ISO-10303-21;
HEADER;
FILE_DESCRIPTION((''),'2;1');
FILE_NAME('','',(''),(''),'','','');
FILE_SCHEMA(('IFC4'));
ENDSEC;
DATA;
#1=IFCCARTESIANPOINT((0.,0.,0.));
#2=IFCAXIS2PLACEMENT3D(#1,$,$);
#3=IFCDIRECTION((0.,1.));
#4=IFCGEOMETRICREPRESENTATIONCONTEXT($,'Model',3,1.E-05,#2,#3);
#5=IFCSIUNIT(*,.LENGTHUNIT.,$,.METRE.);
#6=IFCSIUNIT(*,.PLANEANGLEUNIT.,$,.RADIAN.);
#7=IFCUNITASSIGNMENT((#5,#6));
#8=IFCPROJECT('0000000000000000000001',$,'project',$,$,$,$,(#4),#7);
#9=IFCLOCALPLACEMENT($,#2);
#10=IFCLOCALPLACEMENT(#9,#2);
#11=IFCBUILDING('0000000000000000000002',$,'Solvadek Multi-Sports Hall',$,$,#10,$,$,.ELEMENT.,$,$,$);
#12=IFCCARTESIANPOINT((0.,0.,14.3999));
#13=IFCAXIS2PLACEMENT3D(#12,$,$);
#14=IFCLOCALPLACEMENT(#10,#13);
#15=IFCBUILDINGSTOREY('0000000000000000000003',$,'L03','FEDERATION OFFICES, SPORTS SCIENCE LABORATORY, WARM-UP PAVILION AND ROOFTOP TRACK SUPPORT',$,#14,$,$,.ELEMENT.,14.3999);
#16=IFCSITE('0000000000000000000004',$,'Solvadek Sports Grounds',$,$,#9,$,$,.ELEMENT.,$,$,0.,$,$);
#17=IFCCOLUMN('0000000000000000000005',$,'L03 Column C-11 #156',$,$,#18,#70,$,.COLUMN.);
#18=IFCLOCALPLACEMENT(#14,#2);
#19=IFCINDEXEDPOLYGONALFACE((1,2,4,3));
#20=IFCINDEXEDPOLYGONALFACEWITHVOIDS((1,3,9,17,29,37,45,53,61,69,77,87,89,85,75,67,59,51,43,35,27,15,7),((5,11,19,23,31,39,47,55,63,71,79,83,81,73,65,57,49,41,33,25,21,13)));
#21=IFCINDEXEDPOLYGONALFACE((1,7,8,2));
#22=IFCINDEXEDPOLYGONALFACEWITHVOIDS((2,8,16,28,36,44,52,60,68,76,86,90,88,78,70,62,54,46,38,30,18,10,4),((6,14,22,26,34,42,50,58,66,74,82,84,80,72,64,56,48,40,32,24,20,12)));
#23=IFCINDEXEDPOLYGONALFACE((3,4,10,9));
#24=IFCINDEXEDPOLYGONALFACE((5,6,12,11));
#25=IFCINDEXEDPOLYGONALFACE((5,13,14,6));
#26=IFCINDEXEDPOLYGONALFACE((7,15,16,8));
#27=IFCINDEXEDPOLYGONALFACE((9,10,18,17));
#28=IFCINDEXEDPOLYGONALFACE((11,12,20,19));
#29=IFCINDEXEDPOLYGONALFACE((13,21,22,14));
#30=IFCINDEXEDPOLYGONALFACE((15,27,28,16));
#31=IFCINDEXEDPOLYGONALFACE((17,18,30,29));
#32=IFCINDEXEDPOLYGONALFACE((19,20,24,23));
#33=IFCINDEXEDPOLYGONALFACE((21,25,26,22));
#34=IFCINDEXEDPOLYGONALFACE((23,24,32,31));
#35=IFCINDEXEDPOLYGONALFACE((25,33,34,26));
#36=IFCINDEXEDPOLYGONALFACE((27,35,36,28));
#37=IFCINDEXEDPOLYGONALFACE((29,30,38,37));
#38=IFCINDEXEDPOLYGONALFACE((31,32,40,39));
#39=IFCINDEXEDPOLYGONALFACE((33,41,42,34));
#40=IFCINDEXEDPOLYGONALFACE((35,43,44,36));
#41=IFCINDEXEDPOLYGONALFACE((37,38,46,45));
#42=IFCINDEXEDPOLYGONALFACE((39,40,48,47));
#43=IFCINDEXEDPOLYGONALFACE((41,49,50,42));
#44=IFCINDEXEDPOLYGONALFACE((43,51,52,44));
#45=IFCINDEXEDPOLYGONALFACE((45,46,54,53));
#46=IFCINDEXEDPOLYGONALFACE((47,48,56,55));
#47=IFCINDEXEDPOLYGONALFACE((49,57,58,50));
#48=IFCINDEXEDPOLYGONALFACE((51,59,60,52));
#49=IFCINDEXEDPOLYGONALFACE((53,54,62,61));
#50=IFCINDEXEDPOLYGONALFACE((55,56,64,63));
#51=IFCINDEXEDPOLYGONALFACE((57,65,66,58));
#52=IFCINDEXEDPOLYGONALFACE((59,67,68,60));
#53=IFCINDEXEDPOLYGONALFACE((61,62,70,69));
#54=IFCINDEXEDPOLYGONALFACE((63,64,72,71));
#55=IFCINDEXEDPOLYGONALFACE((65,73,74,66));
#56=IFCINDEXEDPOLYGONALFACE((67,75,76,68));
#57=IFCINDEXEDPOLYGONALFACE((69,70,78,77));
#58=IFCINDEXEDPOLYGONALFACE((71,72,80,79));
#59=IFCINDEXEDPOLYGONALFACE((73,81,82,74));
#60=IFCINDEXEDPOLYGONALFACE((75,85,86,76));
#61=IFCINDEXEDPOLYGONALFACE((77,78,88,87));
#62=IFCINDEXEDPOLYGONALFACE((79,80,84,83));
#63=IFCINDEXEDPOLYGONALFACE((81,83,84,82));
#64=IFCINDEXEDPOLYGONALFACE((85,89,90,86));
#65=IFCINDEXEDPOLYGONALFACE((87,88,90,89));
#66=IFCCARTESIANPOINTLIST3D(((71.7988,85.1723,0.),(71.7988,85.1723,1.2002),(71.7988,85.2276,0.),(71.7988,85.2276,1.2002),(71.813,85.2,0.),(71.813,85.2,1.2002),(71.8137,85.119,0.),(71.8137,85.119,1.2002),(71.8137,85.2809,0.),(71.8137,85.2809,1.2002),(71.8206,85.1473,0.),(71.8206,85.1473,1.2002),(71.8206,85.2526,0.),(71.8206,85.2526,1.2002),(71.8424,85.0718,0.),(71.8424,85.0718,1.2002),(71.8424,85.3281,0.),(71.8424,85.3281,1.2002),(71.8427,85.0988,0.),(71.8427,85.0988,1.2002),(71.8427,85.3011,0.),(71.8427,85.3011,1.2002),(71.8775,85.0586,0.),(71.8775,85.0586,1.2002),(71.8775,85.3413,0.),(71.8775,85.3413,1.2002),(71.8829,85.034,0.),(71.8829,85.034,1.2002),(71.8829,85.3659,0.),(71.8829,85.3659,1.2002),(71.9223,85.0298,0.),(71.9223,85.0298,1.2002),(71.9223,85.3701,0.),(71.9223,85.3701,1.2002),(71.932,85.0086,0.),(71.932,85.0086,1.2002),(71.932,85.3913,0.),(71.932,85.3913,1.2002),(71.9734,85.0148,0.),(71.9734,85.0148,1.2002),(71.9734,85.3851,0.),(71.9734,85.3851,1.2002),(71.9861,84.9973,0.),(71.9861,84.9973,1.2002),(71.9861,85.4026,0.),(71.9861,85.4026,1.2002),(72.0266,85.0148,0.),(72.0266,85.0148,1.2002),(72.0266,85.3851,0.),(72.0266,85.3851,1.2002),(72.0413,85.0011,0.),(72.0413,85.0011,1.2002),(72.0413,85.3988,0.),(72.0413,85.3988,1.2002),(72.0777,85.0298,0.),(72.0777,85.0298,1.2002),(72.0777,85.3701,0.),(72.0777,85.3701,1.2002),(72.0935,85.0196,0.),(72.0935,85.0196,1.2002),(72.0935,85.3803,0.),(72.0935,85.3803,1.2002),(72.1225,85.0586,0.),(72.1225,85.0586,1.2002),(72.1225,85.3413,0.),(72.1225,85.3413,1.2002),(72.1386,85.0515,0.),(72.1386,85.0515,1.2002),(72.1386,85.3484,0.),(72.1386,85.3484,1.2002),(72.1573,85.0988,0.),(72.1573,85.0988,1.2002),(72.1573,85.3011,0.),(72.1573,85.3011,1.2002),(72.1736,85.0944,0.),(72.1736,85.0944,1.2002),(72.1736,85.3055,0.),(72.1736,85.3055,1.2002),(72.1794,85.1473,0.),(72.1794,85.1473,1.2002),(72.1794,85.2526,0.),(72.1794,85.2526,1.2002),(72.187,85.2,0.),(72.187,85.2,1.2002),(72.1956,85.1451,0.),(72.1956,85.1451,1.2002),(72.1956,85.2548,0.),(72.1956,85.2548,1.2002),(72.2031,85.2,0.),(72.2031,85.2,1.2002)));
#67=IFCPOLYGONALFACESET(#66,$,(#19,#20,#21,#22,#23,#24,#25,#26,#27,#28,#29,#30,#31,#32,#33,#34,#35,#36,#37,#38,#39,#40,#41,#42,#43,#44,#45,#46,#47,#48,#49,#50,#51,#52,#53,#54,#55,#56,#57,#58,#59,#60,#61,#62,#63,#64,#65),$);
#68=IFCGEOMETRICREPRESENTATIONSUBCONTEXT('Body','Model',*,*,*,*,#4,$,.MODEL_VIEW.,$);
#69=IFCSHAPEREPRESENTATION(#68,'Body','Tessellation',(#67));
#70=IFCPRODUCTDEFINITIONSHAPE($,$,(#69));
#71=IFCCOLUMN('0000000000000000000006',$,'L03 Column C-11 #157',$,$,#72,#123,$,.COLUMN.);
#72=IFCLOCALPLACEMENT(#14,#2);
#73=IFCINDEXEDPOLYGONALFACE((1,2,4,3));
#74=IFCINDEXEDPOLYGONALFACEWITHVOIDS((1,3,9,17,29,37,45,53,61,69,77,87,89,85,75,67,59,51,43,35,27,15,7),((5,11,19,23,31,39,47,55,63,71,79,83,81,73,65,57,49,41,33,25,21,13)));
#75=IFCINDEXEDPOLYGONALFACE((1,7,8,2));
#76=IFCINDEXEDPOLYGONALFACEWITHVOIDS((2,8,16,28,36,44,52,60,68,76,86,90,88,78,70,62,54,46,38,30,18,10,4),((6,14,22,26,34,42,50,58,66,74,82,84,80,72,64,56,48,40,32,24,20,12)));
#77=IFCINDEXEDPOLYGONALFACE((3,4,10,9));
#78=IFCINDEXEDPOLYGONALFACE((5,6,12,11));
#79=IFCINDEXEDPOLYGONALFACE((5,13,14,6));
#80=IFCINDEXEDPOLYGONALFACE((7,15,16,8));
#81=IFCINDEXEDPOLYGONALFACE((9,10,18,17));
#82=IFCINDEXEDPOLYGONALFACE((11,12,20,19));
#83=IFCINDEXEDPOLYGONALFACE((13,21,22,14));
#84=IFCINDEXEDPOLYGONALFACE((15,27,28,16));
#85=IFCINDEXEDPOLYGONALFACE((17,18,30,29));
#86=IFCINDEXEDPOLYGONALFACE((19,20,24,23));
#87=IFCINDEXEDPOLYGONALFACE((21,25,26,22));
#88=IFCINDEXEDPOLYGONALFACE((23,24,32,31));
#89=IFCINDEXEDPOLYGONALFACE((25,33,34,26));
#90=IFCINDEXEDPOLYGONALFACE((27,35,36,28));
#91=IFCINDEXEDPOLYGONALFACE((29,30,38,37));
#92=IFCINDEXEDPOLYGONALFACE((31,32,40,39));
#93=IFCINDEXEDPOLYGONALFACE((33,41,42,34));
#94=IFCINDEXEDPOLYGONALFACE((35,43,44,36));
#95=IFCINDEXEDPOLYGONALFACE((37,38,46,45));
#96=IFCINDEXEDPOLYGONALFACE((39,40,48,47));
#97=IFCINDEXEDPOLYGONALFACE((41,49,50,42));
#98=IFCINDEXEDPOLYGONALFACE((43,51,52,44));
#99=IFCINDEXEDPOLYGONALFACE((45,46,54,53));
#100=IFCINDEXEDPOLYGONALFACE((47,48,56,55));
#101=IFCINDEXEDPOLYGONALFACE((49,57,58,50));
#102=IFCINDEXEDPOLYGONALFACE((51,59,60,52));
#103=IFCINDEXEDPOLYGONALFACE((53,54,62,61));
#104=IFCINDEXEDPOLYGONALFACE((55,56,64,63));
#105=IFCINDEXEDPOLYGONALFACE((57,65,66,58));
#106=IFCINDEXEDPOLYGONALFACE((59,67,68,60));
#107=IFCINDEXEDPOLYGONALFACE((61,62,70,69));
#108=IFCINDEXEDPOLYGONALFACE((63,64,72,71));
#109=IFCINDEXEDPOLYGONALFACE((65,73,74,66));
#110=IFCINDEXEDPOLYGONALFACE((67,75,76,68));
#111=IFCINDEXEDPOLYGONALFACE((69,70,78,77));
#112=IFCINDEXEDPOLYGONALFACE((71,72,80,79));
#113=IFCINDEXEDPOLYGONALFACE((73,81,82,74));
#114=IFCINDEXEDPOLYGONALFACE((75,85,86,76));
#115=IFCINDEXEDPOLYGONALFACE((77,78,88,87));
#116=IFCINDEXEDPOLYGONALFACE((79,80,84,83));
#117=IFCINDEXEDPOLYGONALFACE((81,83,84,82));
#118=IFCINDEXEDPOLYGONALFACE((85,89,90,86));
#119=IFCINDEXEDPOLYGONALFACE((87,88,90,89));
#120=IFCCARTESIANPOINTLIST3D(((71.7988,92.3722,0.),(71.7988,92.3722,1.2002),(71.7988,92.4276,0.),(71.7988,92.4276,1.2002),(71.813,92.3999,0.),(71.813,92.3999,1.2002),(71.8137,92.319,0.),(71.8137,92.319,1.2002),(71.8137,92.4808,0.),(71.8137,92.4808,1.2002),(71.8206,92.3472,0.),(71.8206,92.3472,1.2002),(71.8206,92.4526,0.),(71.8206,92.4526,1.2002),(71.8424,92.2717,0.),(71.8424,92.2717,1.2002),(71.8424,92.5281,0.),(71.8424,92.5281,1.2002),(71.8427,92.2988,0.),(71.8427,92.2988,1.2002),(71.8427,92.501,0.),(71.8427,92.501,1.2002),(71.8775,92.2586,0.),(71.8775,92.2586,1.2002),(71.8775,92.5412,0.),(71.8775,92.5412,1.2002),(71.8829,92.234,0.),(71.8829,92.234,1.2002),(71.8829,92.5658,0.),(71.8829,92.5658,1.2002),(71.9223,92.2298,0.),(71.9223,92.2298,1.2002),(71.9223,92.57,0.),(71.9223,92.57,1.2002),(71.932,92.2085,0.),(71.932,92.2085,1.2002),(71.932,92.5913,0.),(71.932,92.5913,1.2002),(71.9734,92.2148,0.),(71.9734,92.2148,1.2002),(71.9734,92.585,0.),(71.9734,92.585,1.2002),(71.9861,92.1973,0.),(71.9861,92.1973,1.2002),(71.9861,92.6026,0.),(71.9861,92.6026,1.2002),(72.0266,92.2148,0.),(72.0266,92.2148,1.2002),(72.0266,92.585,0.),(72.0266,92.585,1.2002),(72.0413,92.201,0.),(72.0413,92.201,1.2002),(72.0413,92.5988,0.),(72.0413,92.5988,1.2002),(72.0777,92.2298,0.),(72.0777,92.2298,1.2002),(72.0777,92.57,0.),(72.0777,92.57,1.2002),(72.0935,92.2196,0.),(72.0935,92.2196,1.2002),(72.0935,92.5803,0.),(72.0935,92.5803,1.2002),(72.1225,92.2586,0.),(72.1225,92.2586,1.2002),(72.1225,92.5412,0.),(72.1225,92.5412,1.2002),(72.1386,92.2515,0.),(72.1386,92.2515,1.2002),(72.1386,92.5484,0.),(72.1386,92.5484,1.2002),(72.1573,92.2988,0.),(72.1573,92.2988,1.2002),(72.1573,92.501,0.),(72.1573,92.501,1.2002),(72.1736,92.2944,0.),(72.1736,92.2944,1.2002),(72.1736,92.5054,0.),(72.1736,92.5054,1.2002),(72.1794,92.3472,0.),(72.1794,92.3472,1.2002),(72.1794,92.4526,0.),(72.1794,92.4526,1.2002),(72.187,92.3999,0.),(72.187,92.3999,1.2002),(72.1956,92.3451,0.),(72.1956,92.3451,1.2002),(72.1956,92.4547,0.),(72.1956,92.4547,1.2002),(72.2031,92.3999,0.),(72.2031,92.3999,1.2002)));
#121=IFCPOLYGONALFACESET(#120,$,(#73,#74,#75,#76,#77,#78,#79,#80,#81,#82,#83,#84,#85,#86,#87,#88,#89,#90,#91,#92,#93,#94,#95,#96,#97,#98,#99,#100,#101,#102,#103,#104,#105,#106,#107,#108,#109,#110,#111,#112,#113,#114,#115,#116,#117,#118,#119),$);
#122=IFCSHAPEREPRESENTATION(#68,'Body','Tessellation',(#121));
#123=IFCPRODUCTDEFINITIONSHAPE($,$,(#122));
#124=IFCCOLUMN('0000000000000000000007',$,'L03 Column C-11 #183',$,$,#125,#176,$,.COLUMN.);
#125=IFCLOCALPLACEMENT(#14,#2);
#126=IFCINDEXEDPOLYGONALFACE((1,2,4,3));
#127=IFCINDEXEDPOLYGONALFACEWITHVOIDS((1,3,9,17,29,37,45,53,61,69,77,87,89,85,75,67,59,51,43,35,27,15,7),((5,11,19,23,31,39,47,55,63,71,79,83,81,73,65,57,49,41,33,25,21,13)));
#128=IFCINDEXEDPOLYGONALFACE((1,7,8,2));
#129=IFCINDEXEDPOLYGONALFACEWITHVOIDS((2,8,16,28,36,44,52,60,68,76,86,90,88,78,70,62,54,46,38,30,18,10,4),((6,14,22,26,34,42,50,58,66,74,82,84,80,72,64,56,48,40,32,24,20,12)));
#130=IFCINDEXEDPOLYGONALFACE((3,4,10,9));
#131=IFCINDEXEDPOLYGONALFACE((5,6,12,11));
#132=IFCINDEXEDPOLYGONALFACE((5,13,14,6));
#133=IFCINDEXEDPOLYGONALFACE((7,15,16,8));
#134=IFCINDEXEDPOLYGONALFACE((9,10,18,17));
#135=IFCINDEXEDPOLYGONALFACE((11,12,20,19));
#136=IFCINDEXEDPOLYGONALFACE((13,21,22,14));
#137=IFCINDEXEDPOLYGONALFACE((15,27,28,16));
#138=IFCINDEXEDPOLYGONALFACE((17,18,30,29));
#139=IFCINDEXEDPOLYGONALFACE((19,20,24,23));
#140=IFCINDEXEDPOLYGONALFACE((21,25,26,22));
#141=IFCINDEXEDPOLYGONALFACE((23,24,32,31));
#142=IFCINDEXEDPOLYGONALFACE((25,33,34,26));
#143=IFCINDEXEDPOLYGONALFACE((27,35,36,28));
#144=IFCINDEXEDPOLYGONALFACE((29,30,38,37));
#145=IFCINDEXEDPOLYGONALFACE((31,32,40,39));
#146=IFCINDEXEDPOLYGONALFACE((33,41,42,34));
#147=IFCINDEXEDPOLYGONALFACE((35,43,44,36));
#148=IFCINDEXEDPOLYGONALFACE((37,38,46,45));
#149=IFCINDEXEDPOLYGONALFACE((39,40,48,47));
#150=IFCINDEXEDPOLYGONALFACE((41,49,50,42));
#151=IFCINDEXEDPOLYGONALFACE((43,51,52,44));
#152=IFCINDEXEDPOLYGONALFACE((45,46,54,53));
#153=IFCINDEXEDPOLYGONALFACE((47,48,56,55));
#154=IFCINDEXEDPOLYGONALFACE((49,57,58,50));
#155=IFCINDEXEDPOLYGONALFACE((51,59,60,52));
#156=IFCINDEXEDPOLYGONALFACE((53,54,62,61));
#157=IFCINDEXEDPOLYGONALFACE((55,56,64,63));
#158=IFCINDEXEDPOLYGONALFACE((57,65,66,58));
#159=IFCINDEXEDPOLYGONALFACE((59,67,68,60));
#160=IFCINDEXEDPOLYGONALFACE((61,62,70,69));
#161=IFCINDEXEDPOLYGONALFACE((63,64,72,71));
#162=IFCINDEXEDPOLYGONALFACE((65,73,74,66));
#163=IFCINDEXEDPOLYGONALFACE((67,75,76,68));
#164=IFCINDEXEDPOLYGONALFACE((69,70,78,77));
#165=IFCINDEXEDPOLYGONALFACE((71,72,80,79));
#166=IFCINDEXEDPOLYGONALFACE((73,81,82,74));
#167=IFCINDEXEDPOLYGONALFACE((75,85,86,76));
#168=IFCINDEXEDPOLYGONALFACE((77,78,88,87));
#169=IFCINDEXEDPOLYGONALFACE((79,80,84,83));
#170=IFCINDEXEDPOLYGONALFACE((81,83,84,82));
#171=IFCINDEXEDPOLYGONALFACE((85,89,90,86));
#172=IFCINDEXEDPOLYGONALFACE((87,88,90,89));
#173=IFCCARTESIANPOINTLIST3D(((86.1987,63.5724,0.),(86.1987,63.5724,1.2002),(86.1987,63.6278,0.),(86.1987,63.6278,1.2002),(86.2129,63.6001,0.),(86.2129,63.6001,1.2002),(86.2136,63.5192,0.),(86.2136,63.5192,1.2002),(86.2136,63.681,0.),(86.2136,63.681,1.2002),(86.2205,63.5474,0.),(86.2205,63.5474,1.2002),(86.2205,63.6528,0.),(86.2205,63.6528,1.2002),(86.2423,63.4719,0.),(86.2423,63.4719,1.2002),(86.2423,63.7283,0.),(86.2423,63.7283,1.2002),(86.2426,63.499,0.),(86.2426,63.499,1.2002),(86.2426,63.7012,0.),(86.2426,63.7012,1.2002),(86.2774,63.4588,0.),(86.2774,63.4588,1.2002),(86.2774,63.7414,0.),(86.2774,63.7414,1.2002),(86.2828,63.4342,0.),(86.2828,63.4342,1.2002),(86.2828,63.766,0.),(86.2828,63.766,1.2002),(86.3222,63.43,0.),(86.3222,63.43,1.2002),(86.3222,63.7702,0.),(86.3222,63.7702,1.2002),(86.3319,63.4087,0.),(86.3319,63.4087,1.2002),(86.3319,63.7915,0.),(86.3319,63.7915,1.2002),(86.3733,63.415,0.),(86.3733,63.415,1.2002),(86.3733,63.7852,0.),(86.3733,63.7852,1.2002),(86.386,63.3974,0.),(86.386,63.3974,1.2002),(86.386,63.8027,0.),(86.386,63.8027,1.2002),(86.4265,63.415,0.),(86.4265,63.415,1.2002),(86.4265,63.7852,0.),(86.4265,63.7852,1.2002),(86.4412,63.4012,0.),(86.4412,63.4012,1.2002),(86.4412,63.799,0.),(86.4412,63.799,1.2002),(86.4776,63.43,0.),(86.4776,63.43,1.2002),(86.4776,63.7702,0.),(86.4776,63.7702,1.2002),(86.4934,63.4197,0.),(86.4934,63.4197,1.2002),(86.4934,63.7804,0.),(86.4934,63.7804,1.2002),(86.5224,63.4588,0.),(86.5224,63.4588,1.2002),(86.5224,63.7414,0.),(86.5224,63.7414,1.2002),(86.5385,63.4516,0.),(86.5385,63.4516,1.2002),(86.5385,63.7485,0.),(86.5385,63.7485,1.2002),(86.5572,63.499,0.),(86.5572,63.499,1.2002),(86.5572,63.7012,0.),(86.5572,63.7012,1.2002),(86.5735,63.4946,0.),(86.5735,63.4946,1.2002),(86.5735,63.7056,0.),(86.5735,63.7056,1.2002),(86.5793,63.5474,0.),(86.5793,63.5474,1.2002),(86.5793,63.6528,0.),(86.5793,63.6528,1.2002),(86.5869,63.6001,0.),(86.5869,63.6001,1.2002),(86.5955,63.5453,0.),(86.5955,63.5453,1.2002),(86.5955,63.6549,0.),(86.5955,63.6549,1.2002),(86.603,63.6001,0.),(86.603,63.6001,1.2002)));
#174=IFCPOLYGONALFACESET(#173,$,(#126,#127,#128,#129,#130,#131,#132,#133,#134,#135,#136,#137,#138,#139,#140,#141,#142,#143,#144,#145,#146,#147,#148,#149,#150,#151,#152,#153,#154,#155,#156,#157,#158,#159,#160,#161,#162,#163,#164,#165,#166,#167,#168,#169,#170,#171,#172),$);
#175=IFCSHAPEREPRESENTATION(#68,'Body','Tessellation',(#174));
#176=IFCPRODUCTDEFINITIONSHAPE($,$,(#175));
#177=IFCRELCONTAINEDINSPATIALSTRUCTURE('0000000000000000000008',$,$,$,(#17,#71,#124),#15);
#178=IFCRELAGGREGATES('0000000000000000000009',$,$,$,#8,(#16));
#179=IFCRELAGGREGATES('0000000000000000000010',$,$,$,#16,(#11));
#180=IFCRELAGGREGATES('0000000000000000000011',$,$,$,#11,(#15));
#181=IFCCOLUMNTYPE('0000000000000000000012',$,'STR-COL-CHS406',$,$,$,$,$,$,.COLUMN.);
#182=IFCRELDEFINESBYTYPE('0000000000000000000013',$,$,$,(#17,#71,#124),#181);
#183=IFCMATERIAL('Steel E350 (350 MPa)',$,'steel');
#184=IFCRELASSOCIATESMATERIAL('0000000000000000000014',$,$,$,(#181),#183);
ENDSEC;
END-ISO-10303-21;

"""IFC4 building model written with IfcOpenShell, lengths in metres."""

from ifc_helpers import new_model, si_unit, direction, frame, origin, origin_2d, place, context, subcontext, project, spatial, hollow_circle, extrude, material, material_profile, profile_set, type_object, element, save


model = new_model("IFC4")

# Units and contexts
model_context = context("Model", 3, precision=1e-05, world=origin(), true_north=direction((0.0, 1.0)))
body_context = subcontext(model_context, "Body", "Model", "MODEL_VIEW")
ifc_project = project(units=[si_unit("LENGTHUNIT", "METRE"), si_unit("PLANEANGLEUNIT", "RADIAN")], contexts=[model_context])

# Site, building, storey
site_placement = place(None, origin())
site = spatial("IfcSite", under=ifc_project, at=site_placement, Name="Solvadek Sports Grounds", CompositionType="ELEMENT", RefElevation=0.0)
building_placement = place(site_placement, origin())
building = spatial("IfcBuilding", under=site, at=building_placement, Name="Solvadek Multi-Sports Hall", CompositionType="ELEMENT")
storey_placement = place(building_placement, frame((0.0, 0.0, 14.3999)))
storey = spatial("IfcBuildingStorey", under=building, at=storey_placement, Name="L03", Description="FEDERATION OFFICES, SPORTS SCIENCE LABORATORY, WARM-UP PAVILION AND ROOFTOP TRACK SUPPORT", CompositionType="ELEMENT", Elevation=14.3999)

# Columns
ifc_material_1 = material(Name="Steel E350 (350 MPa)", Category="steel")
ifc_material_profile_1 = material_profile(ifc_material_1, hollow_circle(Radius=0.2031, WallThickness=0.0161, at=origin_2d()), Name="CHS 406.4x16")
ifc_profile_set_1 = profile_set([ifc_material_profile_1], Name="Steel E350 (350 MPa)")
column_type_1 = type_object("IfcColumnType", Name="STR-COL-CHS406", PredefinedType="COLUMN", material=ifc_profile_set_1)
for number, where, z_axis, x_axis, name in (
    (1, (72.0, 85.2, 0.0), (0.0, 0.0, 1.0), (1.0, 0.0, 0.0), "L03 Column C-11 #156"),
    (2, (72.0, 92.3999, 0.0), (0.0, 0.0, 1.0), (1.0, 0.0, 0.0), "L03 Column C-11 #157"),
    (3, (86.3999, 63.6001, 0.0), (0.0, 0.0, 1.0), (1.0, 0.0, 0.0), "L03 Column C-11 #183"),
):
    element("IfcColumn", number, at=place(storey_placement, frame(where, z_axis=z_axis, x_axis=x_axis)), inside=storey, type_object=column_type_1, Name=name, PredefinedType="COLUMN", context=body_context, shape_type="SweptSolid", body=[
        extrude(hollow_circle(Radius=0.2031, WallThickness=0.0161, at=origin_2d()), origin(), (0.0, 0.0, 1.0), 1.2002),
    ])

save(model, "model.ifc")
